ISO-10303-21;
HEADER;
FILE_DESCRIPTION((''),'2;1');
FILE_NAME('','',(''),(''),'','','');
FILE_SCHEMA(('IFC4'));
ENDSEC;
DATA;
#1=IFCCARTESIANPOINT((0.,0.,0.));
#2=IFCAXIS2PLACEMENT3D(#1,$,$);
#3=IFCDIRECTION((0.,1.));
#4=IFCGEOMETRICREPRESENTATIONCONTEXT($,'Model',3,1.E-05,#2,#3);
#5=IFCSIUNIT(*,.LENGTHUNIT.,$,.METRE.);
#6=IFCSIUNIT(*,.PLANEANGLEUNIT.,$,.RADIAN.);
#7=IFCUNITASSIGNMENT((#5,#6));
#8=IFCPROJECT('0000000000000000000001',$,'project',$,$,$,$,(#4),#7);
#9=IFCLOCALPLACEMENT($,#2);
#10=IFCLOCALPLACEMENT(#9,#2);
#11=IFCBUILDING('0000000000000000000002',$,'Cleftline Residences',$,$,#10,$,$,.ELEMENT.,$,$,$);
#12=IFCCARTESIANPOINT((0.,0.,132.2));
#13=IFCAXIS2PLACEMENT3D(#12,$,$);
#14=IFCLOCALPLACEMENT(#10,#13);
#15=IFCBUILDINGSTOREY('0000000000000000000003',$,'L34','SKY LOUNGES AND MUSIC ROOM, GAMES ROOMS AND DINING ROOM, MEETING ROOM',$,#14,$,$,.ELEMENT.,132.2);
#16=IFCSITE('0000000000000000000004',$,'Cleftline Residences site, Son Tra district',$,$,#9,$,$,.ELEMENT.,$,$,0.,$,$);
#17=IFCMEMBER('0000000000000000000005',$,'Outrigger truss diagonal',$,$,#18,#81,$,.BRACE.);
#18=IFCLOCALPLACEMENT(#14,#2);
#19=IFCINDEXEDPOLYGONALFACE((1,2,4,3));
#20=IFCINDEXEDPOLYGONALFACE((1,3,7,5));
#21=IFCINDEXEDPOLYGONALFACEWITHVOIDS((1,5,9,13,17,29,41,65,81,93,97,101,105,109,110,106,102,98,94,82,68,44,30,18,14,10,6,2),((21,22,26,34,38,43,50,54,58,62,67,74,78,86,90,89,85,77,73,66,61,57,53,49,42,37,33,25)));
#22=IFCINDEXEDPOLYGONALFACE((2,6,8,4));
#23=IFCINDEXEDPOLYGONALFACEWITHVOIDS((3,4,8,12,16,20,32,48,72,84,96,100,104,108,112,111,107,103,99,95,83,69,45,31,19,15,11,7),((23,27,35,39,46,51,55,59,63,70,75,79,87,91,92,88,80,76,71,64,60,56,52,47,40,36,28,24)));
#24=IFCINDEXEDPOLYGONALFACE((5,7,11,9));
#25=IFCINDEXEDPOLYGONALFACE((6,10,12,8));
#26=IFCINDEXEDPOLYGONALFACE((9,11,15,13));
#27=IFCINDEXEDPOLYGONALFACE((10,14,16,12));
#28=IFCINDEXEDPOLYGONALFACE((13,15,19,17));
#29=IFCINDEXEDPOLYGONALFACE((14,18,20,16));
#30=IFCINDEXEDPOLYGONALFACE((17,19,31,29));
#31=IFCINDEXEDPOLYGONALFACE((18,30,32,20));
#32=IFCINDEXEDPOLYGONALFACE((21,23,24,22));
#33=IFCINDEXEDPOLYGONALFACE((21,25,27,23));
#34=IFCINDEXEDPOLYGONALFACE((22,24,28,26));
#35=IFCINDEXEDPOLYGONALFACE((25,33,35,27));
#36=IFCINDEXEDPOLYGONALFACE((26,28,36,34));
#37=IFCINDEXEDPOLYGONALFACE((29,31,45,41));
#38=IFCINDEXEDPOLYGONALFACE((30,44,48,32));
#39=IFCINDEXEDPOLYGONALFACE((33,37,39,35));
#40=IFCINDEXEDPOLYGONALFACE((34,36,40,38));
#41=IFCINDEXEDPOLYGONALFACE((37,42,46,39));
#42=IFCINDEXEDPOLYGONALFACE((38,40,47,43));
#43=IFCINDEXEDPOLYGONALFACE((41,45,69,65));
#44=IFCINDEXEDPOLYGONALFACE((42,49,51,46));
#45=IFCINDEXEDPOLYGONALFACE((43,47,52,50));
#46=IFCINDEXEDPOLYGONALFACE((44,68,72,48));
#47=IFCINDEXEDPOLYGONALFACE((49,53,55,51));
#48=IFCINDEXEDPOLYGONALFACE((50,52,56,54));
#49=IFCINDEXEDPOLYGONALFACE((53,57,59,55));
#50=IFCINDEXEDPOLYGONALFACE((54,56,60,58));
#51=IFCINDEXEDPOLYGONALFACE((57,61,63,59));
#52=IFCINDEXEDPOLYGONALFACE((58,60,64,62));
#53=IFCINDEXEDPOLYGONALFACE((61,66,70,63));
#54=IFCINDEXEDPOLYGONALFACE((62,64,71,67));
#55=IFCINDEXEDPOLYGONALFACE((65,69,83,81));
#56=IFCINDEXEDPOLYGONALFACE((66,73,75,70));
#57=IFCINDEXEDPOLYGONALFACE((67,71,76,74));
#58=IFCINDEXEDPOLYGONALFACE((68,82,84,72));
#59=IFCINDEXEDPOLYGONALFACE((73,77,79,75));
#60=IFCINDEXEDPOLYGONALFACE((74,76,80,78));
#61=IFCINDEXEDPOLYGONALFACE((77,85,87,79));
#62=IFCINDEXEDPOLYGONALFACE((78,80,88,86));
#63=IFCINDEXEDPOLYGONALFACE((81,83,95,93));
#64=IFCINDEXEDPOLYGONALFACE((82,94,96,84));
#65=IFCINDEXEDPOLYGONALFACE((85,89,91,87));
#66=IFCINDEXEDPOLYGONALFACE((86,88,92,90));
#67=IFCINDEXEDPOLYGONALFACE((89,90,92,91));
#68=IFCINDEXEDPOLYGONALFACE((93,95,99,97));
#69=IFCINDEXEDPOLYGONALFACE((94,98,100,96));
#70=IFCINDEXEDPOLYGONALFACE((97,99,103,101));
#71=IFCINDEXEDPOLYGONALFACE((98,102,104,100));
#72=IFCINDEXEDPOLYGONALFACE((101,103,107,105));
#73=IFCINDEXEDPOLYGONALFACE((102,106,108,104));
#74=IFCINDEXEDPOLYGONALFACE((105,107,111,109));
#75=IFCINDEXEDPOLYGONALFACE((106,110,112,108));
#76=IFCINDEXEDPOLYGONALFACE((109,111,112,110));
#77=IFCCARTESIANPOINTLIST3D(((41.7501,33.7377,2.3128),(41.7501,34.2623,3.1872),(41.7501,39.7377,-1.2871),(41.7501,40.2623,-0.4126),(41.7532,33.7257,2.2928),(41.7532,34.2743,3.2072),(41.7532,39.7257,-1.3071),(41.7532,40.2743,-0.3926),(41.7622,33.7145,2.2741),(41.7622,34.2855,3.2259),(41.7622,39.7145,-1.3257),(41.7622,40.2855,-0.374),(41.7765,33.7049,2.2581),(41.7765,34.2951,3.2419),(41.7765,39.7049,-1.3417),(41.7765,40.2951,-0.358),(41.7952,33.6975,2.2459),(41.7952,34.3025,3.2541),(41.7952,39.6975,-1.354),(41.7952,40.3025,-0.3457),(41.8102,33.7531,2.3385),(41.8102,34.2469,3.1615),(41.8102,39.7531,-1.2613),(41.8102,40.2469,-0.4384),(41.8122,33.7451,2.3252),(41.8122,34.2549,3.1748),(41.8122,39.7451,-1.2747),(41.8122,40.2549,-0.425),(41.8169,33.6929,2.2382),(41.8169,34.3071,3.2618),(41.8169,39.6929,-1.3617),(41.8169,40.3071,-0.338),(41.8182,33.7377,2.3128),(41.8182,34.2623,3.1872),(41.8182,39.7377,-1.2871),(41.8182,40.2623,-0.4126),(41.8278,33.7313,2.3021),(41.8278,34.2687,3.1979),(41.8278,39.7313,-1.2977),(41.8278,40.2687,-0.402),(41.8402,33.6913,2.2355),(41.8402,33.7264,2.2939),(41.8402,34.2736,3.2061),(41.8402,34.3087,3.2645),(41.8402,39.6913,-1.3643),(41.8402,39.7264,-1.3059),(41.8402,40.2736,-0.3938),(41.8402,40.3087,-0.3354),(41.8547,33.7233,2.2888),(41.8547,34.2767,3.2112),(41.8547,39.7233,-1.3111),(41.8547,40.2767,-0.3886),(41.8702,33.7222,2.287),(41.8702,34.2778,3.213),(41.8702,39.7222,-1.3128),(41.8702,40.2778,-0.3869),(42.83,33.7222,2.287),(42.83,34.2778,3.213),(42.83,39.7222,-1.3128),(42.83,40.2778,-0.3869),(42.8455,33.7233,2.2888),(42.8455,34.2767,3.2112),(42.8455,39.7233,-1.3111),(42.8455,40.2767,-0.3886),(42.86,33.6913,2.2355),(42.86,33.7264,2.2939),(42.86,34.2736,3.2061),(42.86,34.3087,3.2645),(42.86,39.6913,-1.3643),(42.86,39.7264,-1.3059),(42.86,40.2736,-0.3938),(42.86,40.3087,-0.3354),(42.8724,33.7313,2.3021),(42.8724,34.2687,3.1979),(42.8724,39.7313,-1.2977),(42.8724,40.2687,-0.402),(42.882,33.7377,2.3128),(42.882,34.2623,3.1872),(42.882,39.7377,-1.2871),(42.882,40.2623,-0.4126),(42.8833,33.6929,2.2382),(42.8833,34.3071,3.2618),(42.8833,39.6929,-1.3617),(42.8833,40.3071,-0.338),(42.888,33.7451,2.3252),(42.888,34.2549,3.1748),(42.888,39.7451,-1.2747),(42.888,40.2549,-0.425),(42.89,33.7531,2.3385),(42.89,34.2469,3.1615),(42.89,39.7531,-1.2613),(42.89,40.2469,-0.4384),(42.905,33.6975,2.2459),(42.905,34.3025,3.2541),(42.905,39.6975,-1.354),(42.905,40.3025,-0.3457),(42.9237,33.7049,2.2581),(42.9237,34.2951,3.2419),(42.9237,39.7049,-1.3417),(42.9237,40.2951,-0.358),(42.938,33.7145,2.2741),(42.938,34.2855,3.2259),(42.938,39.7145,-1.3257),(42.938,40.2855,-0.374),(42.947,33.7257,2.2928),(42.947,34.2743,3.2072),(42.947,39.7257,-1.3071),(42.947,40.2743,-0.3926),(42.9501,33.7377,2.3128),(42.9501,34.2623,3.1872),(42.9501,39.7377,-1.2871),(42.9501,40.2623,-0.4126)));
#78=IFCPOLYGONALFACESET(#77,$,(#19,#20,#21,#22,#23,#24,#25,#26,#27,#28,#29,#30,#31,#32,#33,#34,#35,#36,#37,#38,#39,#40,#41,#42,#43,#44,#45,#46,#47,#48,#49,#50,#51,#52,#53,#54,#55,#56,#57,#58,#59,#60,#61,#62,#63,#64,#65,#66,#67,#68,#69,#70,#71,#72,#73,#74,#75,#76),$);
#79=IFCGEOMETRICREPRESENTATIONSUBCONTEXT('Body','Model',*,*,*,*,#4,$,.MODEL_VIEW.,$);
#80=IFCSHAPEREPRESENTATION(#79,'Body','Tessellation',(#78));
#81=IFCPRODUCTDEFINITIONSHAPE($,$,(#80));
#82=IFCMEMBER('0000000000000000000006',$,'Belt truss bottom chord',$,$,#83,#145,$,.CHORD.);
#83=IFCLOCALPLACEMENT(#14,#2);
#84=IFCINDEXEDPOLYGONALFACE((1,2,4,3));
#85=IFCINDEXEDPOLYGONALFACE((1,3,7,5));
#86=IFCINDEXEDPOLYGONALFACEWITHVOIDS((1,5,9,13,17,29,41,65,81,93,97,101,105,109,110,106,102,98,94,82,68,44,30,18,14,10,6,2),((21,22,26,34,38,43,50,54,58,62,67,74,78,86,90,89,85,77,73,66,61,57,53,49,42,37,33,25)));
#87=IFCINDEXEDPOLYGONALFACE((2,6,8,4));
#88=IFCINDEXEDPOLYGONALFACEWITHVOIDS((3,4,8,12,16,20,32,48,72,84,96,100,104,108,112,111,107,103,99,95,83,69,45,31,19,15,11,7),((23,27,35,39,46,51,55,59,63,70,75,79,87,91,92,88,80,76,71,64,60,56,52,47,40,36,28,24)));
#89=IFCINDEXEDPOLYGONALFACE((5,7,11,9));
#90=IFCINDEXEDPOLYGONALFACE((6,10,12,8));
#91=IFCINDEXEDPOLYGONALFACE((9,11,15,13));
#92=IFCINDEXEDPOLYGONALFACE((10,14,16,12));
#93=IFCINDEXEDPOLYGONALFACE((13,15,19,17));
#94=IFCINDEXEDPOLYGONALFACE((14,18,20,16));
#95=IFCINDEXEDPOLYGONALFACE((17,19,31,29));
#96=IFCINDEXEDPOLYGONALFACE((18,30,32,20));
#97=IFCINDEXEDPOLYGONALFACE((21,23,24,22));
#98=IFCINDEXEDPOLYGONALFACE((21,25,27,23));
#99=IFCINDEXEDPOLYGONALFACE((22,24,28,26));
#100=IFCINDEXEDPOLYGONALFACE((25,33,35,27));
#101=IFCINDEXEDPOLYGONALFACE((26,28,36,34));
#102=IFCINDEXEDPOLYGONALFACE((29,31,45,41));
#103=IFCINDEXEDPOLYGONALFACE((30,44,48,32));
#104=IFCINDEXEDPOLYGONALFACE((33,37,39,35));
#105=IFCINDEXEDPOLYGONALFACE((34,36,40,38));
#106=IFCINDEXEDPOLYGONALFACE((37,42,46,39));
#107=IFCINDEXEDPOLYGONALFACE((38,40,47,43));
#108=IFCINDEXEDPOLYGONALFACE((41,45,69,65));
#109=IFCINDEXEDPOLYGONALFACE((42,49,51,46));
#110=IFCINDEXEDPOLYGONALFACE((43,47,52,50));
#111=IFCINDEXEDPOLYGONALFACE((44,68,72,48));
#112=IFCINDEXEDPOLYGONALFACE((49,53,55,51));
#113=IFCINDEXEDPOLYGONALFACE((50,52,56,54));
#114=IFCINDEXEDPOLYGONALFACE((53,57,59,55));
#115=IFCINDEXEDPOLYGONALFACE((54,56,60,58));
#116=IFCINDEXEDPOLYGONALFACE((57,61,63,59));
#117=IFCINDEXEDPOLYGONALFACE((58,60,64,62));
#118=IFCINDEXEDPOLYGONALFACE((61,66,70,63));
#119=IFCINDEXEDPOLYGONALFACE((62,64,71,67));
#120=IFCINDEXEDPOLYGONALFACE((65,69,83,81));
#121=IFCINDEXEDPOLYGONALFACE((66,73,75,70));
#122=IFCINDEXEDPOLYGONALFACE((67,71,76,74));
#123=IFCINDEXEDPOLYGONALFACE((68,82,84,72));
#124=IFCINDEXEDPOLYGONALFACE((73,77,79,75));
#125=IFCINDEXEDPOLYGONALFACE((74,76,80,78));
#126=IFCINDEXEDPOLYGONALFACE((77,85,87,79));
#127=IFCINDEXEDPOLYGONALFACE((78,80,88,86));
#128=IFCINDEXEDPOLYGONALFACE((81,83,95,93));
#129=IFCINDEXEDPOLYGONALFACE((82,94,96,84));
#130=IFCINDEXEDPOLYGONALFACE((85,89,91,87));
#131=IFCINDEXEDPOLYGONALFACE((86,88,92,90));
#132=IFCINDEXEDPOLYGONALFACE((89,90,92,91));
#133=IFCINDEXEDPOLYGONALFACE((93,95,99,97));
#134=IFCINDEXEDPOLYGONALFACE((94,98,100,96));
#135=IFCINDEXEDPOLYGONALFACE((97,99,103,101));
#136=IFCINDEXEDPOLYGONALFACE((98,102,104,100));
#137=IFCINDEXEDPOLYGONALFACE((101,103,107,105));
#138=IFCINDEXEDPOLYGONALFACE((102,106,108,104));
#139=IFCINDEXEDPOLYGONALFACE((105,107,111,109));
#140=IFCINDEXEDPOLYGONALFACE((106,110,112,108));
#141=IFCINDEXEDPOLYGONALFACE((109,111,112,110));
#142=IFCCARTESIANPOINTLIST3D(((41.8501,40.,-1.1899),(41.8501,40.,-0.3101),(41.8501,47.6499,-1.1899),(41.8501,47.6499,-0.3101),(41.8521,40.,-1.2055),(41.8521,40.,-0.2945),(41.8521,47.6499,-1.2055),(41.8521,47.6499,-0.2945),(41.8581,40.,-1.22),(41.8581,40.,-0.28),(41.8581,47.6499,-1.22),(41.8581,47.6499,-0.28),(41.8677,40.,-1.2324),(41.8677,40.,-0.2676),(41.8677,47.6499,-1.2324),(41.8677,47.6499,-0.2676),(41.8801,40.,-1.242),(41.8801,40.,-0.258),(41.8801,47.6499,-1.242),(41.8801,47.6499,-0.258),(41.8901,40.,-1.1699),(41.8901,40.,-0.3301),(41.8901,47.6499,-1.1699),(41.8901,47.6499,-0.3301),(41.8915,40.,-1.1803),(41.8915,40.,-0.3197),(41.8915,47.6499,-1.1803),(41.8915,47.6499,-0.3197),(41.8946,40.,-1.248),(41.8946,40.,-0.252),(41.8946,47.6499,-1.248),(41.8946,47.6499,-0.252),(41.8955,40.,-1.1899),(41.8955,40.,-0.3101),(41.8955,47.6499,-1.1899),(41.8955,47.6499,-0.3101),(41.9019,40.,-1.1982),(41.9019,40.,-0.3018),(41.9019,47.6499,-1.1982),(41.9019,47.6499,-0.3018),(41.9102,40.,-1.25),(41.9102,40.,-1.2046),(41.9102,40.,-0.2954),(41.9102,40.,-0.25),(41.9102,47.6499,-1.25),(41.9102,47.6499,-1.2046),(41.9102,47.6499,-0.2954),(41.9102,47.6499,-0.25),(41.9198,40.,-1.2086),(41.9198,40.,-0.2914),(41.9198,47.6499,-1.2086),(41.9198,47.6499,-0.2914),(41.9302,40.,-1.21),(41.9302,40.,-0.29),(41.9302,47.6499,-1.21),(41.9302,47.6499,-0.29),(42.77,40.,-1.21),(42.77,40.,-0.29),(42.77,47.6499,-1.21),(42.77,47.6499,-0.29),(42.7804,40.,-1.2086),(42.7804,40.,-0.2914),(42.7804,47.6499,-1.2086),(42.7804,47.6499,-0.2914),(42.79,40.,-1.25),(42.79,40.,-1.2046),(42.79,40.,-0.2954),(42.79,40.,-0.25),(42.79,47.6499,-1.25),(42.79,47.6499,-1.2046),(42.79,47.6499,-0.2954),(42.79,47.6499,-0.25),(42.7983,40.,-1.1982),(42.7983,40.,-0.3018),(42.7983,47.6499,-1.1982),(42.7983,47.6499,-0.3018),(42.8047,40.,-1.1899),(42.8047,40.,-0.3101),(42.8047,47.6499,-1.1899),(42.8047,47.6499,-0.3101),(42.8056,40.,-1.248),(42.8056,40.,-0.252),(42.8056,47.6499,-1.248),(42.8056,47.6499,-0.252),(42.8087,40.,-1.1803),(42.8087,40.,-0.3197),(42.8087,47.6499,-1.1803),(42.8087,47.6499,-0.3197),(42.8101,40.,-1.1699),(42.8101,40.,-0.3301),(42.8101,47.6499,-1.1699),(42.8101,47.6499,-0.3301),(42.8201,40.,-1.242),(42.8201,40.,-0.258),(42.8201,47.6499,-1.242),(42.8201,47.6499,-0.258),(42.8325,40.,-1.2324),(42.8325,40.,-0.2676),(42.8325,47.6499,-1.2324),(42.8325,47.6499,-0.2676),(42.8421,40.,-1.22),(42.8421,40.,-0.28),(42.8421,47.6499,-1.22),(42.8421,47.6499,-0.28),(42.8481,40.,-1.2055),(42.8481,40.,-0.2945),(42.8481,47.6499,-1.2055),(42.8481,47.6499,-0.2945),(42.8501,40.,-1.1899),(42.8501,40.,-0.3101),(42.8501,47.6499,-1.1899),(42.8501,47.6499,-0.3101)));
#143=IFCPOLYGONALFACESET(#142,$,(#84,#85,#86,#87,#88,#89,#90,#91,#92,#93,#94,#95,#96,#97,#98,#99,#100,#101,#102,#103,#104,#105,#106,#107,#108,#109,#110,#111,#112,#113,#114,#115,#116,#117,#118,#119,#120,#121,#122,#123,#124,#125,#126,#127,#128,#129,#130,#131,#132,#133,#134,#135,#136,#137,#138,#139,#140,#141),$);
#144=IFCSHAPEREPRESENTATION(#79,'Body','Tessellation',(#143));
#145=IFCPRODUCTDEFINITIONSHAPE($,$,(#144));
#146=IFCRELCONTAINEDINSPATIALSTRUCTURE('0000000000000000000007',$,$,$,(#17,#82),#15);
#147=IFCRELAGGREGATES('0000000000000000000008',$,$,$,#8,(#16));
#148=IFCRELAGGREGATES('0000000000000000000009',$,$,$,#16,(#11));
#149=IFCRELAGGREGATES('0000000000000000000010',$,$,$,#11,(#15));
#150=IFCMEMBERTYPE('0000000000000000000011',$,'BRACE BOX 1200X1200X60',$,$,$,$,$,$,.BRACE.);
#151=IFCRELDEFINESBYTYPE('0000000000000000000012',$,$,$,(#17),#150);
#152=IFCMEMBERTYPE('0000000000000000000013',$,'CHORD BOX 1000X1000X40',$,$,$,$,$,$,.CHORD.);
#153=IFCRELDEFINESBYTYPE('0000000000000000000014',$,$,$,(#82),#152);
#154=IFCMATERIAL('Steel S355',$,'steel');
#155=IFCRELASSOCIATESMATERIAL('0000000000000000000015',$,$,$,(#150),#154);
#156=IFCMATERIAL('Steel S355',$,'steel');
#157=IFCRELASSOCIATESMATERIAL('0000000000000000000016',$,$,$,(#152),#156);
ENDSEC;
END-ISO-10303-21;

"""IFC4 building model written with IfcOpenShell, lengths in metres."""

from ifc_helpers import new_model, si_unit, direction, frame, origin, origin_2d, place, context, subcontext, project, spatial, hollow_rectangle, extrude, material, material_profile, profile_set, type_object, element, save


model = new_model("IFC4")

# Units and contexts
model_context = context("Model", 3, precision=1e-05, world=origin(), true_north=direction((0.0, 1.0)))
body_context = subcontext(model_context, "Body", "Model", "MODEL_VIEW")
ifc_project = project(units=[si_unit("LENGTHUNIT", "METRE"), si_unit("PLANEANGLEUNIT", "RADIAN")], contexts=[model_context])

# Site, building, storey
site_placement = place(None, origin())
site = spatial("IfcSite", under=ifc_project, at=site_placement, Name="Cleftline Residences site, Son Tra district", CompositionType="ELEMENT", RefElevation=0.0)
building_placement = place(site_placement, origin())
building = spatial("IfcBuilding", under=site, at=building_placement, Name="Cleftline Residences", CompositionType="ELEMENT")
storey_placement = place(building_placement, frame((0.0, 0.0, 132.2)))
storey = spatial("IfcBuildingStorey", under=building, at=storey_placement, Name="L34", Description="SKY LOUNGES AND MUSIC ROOM, GAMES ROOMS AND DINING ROOM, MEETING ROOM", CompositionType="ELEMENT", Elevation=132.2)

# Members
ifc_material_1 = material(Name="Steel S355", Category="steel")
ifc_material_profile_1 = material_profile(ifc_material_1, hollow_rectangle(XDim=1.2, YDim=1.2, WallThickness=0.0601, InnerFilletRadius=0.0601, OuterFilletRadius=0.0901, at=origin_2d()))
ifc_profile_set_1 = profile_set([ifc_material_profile_1], Name="Steel S355")
member_type_1 = type_object("IfcMemberType", Name="BRACE BOX 1200X1200X60", PredefinedType="BRACE", material=ifc_profile_set_1)
member_1_placement = place(storey_placement, frame((42.3501, 40.0, -0.8499), z_axis=(0.0, -0.857502, 0.51448), x_axis=(0.0, 0.51448, 0.857502)))
element("IfcMember", 1, at=member_1_placement, inside=storey, type_object=member_type_1, Name="Outrigger truss diagonal", PredefinedType="BRACE", context=body_context, shape_type="SweptSolid", body=[
    extrude(hollow_rectangle(XDim=1.2, YDim=1.2, WallThickness=0.0601, InnerFilletRadius=0.0601, OuterFilletRadius=0.0901, at=origin_2d()), origin(), (0.0, 0.0, 1.0), 6.9971),
])
ifc_material_2 = material(Name="Steel S355", Category="steel")
ifc_material_profile_2 = material_profile(ifc_material_2, hollow_rectangle(XDim=1.0, YDim=1.0, WallThickness=0.04, InnerFilletRadius=0.04, OuterFilletRadius=0.0601, at=origin_2d()))
ifc_profile_set_2 = profile_set([ifc_material_profile_2], Name="Steel S355")
member_type_2 = type_object("IfcMemberType", Name="CHORD BOX 1000X1000X40", PredefinedType="CHORD", material=ifc_profile_set_2)
for number, where, z_axis, x_axis, name in (
    (2, (42.3501, 40.0, -0.75), (0.0, 1.0, 0.0), (-1.0, 0.0, 0.0), "Belt truss bottom chord"),
):
    element("IfcMember", number, at=place(storey_placement, frame(where, z_axis=z_axis, x_axis=x_axis)), inside=storey, type_object=member_type_2, Name=name, PredefinedType="CHORD", context=body_context, shape_type="SweptSolid", body=[
        extrude(hollow_rectangle(XDim=1.0, YDim=1.0, WallThickness=0.04, InnerFilletRadius=0.04, OuterFilletRadius=0.0601, at=origin_2d()), origin(), (0.0, 0.0, 1.0), 7.6499),
    ])

save(model, "model.ifc")
